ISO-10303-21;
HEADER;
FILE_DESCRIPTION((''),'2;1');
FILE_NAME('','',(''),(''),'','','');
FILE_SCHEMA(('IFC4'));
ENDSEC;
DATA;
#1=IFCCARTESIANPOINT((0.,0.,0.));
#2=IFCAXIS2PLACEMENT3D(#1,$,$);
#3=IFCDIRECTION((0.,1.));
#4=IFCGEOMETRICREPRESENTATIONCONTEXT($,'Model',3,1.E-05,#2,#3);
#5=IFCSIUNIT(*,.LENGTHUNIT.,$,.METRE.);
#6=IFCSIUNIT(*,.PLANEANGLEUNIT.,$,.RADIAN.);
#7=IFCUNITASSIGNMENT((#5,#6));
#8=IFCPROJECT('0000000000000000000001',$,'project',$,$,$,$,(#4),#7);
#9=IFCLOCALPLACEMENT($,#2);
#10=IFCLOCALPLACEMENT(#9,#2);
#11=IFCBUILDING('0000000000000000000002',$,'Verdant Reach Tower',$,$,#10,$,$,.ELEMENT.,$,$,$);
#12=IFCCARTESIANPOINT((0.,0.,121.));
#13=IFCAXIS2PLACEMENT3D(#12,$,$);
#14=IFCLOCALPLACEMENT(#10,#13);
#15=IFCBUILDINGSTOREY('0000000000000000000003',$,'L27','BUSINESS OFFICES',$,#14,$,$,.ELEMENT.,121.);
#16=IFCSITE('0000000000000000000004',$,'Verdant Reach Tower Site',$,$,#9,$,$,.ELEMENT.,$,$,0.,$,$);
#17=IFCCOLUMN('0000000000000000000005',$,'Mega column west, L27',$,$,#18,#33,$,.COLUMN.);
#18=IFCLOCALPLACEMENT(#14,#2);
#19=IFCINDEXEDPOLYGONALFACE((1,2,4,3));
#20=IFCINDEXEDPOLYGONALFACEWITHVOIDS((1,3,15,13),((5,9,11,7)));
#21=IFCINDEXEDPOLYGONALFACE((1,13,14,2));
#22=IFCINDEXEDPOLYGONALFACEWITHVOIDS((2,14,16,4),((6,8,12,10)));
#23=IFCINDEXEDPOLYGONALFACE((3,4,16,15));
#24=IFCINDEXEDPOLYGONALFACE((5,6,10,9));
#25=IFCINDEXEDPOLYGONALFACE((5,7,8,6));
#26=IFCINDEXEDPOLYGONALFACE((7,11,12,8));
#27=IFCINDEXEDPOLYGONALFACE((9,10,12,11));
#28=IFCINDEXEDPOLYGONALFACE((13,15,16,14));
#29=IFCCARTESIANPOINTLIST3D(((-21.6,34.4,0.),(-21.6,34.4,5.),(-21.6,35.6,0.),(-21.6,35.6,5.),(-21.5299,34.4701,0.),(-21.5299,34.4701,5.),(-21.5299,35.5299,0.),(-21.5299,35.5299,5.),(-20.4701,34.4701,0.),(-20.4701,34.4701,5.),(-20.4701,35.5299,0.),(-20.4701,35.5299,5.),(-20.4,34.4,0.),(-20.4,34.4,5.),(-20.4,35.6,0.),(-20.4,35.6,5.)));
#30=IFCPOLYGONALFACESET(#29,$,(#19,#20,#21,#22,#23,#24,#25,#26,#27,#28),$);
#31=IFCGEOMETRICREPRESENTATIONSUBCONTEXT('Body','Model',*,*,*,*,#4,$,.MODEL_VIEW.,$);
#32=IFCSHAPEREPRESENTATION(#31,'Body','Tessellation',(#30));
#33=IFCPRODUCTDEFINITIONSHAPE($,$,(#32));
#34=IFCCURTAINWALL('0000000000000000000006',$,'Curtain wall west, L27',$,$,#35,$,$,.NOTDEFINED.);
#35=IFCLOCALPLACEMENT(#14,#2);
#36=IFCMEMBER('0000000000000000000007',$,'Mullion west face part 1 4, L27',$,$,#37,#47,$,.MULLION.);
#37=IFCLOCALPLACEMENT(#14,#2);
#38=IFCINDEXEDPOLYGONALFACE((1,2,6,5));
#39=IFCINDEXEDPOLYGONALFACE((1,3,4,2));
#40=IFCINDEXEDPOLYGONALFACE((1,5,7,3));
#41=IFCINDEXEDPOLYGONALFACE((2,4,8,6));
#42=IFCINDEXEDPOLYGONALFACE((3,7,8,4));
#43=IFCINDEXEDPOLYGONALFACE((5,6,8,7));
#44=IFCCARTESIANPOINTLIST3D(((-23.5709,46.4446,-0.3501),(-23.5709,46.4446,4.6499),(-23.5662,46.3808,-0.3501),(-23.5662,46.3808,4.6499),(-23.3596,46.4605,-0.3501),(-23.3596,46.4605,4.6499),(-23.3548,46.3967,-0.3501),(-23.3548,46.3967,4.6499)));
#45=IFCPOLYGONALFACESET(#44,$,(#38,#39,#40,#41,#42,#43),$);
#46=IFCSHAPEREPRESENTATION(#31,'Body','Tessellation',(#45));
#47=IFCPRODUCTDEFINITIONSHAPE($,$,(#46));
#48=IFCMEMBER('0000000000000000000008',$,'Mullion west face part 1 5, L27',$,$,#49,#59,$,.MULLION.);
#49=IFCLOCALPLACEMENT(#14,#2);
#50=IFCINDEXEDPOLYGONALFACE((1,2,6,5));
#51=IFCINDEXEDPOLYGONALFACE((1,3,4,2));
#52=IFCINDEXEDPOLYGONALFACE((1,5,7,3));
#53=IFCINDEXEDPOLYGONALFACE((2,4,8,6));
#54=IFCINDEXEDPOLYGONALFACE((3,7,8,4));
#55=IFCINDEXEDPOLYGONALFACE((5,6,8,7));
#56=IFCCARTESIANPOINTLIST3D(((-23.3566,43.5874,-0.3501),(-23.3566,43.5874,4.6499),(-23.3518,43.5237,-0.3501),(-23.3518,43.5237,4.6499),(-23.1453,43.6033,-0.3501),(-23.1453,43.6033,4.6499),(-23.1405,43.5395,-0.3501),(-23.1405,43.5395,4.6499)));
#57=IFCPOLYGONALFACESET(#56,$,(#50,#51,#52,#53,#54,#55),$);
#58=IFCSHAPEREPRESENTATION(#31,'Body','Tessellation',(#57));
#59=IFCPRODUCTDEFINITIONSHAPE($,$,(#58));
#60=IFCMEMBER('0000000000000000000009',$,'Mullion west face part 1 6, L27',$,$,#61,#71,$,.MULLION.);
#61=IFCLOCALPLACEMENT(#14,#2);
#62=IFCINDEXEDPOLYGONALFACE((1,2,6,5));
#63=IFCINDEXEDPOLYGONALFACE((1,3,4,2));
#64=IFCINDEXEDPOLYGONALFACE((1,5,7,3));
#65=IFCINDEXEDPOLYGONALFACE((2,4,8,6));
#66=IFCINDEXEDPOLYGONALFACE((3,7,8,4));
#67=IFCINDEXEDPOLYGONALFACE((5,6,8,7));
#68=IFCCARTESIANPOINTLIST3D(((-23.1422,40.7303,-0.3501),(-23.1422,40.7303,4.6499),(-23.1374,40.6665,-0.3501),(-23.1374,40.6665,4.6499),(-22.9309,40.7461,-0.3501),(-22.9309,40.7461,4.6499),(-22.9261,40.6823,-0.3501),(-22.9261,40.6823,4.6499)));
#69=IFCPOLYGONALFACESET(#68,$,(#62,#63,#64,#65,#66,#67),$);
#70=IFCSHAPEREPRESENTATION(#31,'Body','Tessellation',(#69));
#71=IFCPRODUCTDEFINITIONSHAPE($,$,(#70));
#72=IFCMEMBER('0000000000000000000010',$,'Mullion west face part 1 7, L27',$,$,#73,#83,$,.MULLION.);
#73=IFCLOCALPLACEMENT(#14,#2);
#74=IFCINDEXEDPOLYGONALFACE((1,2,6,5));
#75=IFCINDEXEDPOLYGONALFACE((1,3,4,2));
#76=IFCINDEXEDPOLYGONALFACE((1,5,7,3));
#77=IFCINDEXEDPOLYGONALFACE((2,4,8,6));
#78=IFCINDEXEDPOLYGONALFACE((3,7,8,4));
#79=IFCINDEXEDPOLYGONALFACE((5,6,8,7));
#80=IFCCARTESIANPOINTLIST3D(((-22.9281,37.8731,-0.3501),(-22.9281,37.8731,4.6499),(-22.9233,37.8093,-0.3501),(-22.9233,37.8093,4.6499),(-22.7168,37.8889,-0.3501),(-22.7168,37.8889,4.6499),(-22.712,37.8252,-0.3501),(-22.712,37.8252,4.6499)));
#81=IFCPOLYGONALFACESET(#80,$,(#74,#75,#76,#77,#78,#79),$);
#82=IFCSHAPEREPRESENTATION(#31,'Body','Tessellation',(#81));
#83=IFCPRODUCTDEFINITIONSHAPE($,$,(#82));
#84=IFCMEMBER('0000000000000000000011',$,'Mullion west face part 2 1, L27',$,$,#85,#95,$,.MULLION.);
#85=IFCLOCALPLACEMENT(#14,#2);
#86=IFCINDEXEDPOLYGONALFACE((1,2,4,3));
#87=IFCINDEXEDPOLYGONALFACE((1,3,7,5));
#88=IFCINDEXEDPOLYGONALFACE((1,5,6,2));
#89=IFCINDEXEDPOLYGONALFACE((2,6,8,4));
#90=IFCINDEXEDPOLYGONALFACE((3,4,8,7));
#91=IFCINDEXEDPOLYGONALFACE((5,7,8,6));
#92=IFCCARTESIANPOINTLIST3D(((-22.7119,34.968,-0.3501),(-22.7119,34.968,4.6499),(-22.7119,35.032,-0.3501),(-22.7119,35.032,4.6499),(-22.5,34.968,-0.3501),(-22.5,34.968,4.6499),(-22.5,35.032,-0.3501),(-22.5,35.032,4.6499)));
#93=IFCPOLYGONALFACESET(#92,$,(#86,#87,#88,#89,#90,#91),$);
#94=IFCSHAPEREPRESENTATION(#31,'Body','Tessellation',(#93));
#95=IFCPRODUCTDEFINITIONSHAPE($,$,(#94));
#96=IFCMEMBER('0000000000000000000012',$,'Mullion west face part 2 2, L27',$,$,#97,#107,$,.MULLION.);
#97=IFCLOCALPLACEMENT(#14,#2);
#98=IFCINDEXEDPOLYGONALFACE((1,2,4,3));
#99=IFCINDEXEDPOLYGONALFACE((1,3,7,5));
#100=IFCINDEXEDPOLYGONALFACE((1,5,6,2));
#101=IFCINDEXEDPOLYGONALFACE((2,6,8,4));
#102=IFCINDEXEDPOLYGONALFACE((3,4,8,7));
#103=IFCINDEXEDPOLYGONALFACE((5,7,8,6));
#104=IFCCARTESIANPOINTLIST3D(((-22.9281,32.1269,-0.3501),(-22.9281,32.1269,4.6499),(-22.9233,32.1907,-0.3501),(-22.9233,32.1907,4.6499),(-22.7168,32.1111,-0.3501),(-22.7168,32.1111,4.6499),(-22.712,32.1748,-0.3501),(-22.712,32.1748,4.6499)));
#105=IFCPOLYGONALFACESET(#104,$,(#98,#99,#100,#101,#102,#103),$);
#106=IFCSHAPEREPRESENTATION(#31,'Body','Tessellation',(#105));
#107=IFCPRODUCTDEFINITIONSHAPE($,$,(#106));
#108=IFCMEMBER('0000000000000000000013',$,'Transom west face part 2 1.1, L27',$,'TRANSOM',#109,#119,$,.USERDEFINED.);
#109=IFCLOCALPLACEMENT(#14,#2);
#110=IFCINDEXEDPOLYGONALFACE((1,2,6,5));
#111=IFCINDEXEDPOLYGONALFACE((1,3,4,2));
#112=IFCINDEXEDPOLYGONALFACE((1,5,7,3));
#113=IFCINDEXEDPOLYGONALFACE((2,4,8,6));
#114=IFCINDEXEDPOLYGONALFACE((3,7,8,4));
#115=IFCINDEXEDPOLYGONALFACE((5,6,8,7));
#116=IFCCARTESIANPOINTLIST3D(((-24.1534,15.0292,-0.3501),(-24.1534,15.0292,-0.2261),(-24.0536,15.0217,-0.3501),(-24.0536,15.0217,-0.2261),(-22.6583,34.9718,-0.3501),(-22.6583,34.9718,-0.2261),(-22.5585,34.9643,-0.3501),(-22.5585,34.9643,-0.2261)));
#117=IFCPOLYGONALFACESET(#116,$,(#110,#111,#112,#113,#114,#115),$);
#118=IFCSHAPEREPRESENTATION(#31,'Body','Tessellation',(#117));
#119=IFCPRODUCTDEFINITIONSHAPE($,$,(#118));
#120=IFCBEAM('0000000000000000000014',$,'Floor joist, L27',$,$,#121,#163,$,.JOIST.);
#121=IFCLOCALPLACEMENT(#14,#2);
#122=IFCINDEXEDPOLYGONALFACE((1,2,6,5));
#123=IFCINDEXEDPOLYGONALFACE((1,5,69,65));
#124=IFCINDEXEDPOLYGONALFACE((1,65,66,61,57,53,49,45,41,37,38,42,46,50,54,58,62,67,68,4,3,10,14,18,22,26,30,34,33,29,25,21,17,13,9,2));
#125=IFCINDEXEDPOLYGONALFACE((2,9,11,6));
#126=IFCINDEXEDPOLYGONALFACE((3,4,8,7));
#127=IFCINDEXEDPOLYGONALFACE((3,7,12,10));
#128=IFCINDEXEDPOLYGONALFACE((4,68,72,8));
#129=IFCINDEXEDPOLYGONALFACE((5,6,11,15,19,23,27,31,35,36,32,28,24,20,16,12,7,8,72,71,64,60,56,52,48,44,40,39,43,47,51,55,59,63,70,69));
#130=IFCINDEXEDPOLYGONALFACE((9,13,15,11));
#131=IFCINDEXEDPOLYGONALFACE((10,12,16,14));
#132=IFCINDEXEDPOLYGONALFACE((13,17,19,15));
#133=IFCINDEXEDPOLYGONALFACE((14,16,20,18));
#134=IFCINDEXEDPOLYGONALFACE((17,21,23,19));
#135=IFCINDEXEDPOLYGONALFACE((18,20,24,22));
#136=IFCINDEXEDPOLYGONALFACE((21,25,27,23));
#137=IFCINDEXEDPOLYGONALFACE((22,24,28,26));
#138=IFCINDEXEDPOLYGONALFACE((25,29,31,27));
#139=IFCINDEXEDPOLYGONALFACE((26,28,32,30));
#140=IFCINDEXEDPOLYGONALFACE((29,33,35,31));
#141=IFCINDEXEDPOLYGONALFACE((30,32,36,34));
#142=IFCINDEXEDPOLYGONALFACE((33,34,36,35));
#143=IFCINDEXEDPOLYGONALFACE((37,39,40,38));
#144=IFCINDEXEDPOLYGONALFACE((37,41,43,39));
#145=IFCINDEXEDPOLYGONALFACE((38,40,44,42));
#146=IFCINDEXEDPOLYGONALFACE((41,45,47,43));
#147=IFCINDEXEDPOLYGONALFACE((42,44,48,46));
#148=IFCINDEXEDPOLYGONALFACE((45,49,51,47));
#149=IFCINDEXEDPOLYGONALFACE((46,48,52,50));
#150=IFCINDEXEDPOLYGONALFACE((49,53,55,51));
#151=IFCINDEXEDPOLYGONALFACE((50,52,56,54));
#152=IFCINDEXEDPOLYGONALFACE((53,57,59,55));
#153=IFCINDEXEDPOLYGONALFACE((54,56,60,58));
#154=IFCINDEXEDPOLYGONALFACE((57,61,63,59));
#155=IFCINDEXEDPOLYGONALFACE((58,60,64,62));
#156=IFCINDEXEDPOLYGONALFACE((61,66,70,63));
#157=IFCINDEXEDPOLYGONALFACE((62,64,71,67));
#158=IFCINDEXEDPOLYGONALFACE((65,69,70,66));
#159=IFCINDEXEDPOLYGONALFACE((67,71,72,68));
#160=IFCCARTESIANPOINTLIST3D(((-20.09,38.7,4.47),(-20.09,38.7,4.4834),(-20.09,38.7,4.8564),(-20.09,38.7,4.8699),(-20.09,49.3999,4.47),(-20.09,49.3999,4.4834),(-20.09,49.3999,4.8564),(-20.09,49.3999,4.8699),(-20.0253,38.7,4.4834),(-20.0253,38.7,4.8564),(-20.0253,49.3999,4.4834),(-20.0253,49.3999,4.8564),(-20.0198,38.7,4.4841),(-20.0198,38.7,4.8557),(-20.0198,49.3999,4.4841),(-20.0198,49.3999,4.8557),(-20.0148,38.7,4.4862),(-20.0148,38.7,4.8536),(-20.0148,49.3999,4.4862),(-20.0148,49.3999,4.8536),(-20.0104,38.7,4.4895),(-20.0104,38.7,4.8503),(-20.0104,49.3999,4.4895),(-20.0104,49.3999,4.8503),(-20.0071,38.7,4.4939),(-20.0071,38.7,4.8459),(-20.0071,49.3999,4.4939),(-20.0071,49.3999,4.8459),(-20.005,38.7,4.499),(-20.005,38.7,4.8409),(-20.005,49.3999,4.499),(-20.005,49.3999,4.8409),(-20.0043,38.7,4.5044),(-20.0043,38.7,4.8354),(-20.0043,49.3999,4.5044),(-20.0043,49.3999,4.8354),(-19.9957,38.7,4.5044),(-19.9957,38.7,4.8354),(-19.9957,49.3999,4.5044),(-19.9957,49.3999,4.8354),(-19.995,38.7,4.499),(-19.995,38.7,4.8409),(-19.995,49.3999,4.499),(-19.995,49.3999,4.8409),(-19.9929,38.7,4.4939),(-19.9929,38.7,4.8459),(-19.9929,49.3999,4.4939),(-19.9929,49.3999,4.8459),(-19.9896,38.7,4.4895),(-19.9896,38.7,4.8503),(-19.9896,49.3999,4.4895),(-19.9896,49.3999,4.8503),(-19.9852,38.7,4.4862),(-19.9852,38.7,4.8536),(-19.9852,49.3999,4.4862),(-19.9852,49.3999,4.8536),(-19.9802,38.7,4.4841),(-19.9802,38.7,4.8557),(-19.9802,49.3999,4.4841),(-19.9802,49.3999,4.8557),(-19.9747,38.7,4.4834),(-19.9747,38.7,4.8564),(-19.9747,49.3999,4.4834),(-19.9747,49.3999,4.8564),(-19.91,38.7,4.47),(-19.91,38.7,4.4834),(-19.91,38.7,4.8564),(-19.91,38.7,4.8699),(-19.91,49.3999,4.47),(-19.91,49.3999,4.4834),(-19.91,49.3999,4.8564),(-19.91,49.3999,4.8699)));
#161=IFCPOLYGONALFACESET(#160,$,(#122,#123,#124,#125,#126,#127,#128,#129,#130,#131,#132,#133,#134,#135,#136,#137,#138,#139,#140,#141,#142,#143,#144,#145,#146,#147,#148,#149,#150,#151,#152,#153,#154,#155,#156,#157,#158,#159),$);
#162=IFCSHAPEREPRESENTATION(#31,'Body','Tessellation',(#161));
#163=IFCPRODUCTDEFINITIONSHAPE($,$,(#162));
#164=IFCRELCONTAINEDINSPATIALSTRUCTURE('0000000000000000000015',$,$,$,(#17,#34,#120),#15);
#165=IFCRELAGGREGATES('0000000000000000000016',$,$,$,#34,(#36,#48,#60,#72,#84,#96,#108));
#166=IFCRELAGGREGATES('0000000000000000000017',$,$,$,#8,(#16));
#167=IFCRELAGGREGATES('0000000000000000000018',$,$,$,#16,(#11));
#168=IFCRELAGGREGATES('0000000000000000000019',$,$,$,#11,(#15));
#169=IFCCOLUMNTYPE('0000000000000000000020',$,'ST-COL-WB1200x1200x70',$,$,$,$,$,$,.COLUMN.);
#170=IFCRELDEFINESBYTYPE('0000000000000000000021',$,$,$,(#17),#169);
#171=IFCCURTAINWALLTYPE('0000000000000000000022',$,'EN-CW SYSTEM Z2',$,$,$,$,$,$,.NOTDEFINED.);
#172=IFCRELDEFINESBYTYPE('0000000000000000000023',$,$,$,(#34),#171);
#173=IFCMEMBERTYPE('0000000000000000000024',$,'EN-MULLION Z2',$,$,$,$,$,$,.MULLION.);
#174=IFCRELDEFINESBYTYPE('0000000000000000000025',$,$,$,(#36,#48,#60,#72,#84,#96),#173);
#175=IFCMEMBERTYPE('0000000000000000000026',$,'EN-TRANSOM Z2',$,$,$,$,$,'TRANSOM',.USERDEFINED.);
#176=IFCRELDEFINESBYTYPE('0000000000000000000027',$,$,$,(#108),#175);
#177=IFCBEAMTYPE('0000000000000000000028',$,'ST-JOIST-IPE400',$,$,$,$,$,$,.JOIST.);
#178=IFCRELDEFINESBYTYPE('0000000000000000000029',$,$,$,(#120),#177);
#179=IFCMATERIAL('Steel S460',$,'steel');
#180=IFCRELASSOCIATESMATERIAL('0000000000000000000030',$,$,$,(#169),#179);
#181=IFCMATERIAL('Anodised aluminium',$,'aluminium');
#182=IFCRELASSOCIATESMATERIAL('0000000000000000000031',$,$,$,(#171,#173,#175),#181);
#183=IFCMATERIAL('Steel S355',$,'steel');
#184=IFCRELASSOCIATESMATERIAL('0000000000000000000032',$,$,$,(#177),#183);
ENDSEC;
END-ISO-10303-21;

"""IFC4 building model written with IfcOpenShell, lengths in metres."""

from ifc_helpers import new_model, si_unit, direction, frame, origin, origin_2d, place, context, subcontext, project, spatial, rectangle, hollow_rectangle, i_section, extrude, material, material_profile, profile_set, type_object, element, aggregate, save


model = new_model("IFC4")

# Units and contexts
model_context = context("Model", 3, precision=1e-05, world=origin(), true_north=direction((0.0, 1.0)))
body_context = subcontext(model_context, "Body", "Model", "MODEL_VIEW")
ifc_project = project(units=[si_unit("LENGTHUNIT", "METRE"), si_unit("PLANEANGLEUNIT", "RADIAN")], contexts=[model_context])

# Site, building, storey
site_placement = place(None, origin())
site = spatial("IfcSite", under=ifc_project, at=site_placement, Name="Verdant Reach Tower Site", CompositionType="ELEMENT", RefElevation=0.0)
building_placement = place(site_placement, origin())
building = spatial("IfcBuilding", under=site, at=building_placement, Name="Verdant Reach Tower", CompositionType="ELEMENT")
storey_placement = place(building_placement, frame((0.0, 0.0, 121.0)))
storey = spatial("IfcBuildingStorey", under=building, at=storey_placement, Name="L27", Description="BUSINESS OFFICES", CompositionType="ELEMENT", Elevation=121.0)

# Column
ifc_material_1 = material(Name="Steel S460", Category="steel")
ifc_material_profile_1 = material_profile(ifc_material_1, hollow_rectangle(XDim=1.2, YDim=1.2, WallThickness=0.0701, at=origin_2d()), Name="WB 1200x1200x70")
ifc_profile_set_1 = profile_set([ifc_material_profile_1], Name="Steel S460")
column_type = type_object("IfcColumnType", Name="ST-COL-WB1200x1200x70", PredefinedType="COLUMN", material=ifc_profile_set_1)
column_placement = place(storey_placement, frame((-21.0, 35.0, 0.0), z_axis=(0.0, 0.0, 1.0), x_axis=(1.0, 0.0, 0.0)))
element("IfcColumn", 1, at=column_placement, inside=storey, type_object=column_type, Name="Mega column west, L27", PredefinedType="COLUMN", context=body_context, shape_type="SweptSolid", body=[
    extrude(hollow_rectangle(XDim=1.2, YDim=1.2, WallThickness=0.0701, at=origin_2d()), origin(), (0.0, 0.0, 1.0), 5.0),
])

# Curtain wall, members
ifc_material_2 = material(Name="Anodised aluminium", Category="aluminium")
curtain_wall_type = type_object("IfcCurtainWallType", Name="EN-CW SYSTEM Z2", PredefinedType="NOTDEFINED", material=ifc_material_2)
curtain_wall_placement = place(storey_placement, origin())
curtain_wall = element("IfcCurtainWall", 2, at=curtain_wall_placement, inside=storey, type_object=curtain_wall_type, Name="Curtain wall west, L27", PredefinedType="NOTDEFINED")
ifc_material_profile_2 = material_profile(ifc_material_2, rectangle(XDim=0.2119, YDim=0.064, at=origin_2d()), Name="Mullion 64x212")
ifc_profile_set_2 = profile_set([ifc_material_profile_2], Name="Anodised aluminium")
member_type_1 = type_object("IfcMemberType", Name="EN-MULLION Z2", PredefinedType="MULLION", material=ifc_profile_set_2)
member_1_placement = place(storey_placement, frame((-23.4629, 46.4207, -0.3501), z_axis=(0.0, 0.0, 1.0), x_axis=(-0.997199, -0.07479, 0.0)))
member_1 = element("IfcMember", 3, at=member_1_placement, type_object=member_type_1, Name="Mullion west face part 1 4, L27", PredefinedType="MULLION", context=body_context, shape_type="SweptSolid", body=[
    extrude(rectangle(XDim=0.2119, YDim=0.064, at=origin_2d()), origin(), (0.0, 0.0, 1.0), 5.0),
])
member_2_placement = place(storey_placement, frame((-23.2485, 43.5635, -0.3501), z_axis=(0.0, 0.0, 1.0), x_axis=(-0.997199, -0.07479, 0.0)))
member_2 = element("IfcMember", 4, at=member_2_placement, type_object=member_type_1, Name="Mullion west face part 1 5, L27", PredefinedType="MULLION", context=body_context, shape_type="SweptSolid", body=[
    extrude(rectangle(XDim=0.2119, YDim=0.064, at=origin_2d()), origin(), (0.0, 0.0, 1.0), 5.0),
])
member_3_placement = place(storey_placement, frame((-23.0342, 40.7063, -0.3501), z_axis=(0.0, 0.0, 1.0), x_axis=(-0.997199, -0.07479, 0.0)))
member_3 = element("IfcMember", 5, at=member_3_placement, type_object=member_type_1, Name="Mullion west face part 1 6, L27", PredefinedType="MULLION", context=body_context, shape_type="SweptSolid", body=[
    extrude(rectangle(XDim=0.2119, YDim=0.064, at=origin_2d()), origin(), (0.0, 0.0, 1.0), 5.0),
])
member_4_placement = place(storey_placement, frame((-22.8201, 37.8491, -0.3501), z_axis=(0.0, 0.0, 1.0), x_axis=(-0.997199, -0.07479, 0.0)))
member_4 = element("IfcMember", 6, at=member_4_placement, type_object=member_type_1, Name="Mullion west face part 1 7, L27", PredefinedType="MULLION", context=body_context, shape_type="SweptSolid", body=[
    extrude(rectangle(XDim=0.2119, YDim=0.064, at=origin_2d()), origin(), (0.0, 0.0, 1.0), 5.0),
])
member_5_placement = place(storey_placement, frame((-22.606, 35.0, -0.3501), z_axis=(0.0, 0.0, 1.0), x_axis=(-1.0, 0.0, 0.0)))
member_5 = element("IfcMember", 7, at=member_5_placement, type_object=member_type_1, Name="Mullion west face part 2 1, L27", PredefinedType="MULLION", context=body_context, shape_type="SweptSolid", body=[
    extrude(rectangle(XDim=0.2119, YDim=0.064, at=origin_2d()), origin(), (0.0, 0.0, 1.0), 5.0),
])
member_6_placement = place(storey_placement, frame((-22.8201, 32.1509, -0.3501), z_axis=(0.0, 0.0, 1.0), x_axis=(-0.997199, 0.07479, 0.0)))
member_6 = element("IfcMember", 8, at=member_6_placement, type_object=member_type_1, Name="Mullion west face part 2 2, L27", PredefinedType="MULLION", context=body_context, shape_type="SweptSolid", body=[
    extrude(rectangle(XDim=0.2119, YDim=0.064, at=origin_2d()), origin(), (0.0, 0.0, 1.0), 5.0),
])
ifc_material_profile_3 = material_profile(ifc_material_2, rectangle(XDim=0.1001, YDim=0.124, at=origin_2d()), Name="Transom 124x100")
ifc_profile_set_3 = profile_set([ifc_material_profile_3], Name="Anodised aluminium")
member_type_2 = type_object("IfcMemberType", Name="EN-TRANSOM Z2", ElementType="TRANSOM", PredefinedType="USERDEFINED", material=ifc_profile_set_3)
member_7_placement = place(storey_placement, frame((-22.6084, 34.968, -0.2881), z_axis=(-0.074761, -0.997201, 0.0), x_axis=(0.997201, -0.074761, 0.0)))
member_7 = element("IfcMember", 9, at=member_7_placement, type_object=member_type_2, Name="Transom west face part 2 1.1, L27", ObjectType="TRANSOM", PredefinedType="USERDEFINED", context=body_context, shape_type="SweptSolid", body=[
    extrude(rectangle(XDim=0.1001, YDim=0.124, at=origin_2d()), origin(), (0.0, 0.0, 1.0), 19.9985),
])

# Beam
ifc_material_3 = material(Name="Steel S355", Category="steel")
ifc_material_profile_4 = material_profile(ifc_material_3, i_section(OverallWidth=0.1799, OverallDepth=0.3999, WebThickness=0.0085, FlangeThickness=0.0134, FilletRadius=0.021, at=origin_2d()), Name="IPE 400")
ifc_profile_set_4 = profile_set([ifc_material_profile_4], Name="Steel S355")
beam_type_1 = type_object("IfcBeamType", Name="ST-JOIST-IPE400", PredefinedType="JOIST", material=ifc_profile_set_4)
for number, where, z_axis, x_axis, name in (
    (10, (-20.0, 38.7, 4.6699), (0.0, 1.0, 0.0), (-1.0, 0.0, 0.0), "Floor joist, L27"),
):
    element("IfcBeam", number, at=place(storey_placement, frame(where, z_axis=z_axis, x_axis=x_axis)), inside=storey, type_object=beam_type_1, Name=name, PredefinedType="JOIST", context=body_context, shape_type="SweptSolid", body=[
        extrude(i_section(OverallWidth=0.1799, OverallDepth=0.3999, WebThickness=0.0085, FlangeThickness=0.0134, FilletRadius=0.021, at=origin_2d()), origin(), (0.0, 0.0, 1.0), 10.7),
    ])

aggregate(curtain_wall, [member_1, member_2, member_3, member_4, member_5, member_6, member_7])

save(model, "model.ifc")
